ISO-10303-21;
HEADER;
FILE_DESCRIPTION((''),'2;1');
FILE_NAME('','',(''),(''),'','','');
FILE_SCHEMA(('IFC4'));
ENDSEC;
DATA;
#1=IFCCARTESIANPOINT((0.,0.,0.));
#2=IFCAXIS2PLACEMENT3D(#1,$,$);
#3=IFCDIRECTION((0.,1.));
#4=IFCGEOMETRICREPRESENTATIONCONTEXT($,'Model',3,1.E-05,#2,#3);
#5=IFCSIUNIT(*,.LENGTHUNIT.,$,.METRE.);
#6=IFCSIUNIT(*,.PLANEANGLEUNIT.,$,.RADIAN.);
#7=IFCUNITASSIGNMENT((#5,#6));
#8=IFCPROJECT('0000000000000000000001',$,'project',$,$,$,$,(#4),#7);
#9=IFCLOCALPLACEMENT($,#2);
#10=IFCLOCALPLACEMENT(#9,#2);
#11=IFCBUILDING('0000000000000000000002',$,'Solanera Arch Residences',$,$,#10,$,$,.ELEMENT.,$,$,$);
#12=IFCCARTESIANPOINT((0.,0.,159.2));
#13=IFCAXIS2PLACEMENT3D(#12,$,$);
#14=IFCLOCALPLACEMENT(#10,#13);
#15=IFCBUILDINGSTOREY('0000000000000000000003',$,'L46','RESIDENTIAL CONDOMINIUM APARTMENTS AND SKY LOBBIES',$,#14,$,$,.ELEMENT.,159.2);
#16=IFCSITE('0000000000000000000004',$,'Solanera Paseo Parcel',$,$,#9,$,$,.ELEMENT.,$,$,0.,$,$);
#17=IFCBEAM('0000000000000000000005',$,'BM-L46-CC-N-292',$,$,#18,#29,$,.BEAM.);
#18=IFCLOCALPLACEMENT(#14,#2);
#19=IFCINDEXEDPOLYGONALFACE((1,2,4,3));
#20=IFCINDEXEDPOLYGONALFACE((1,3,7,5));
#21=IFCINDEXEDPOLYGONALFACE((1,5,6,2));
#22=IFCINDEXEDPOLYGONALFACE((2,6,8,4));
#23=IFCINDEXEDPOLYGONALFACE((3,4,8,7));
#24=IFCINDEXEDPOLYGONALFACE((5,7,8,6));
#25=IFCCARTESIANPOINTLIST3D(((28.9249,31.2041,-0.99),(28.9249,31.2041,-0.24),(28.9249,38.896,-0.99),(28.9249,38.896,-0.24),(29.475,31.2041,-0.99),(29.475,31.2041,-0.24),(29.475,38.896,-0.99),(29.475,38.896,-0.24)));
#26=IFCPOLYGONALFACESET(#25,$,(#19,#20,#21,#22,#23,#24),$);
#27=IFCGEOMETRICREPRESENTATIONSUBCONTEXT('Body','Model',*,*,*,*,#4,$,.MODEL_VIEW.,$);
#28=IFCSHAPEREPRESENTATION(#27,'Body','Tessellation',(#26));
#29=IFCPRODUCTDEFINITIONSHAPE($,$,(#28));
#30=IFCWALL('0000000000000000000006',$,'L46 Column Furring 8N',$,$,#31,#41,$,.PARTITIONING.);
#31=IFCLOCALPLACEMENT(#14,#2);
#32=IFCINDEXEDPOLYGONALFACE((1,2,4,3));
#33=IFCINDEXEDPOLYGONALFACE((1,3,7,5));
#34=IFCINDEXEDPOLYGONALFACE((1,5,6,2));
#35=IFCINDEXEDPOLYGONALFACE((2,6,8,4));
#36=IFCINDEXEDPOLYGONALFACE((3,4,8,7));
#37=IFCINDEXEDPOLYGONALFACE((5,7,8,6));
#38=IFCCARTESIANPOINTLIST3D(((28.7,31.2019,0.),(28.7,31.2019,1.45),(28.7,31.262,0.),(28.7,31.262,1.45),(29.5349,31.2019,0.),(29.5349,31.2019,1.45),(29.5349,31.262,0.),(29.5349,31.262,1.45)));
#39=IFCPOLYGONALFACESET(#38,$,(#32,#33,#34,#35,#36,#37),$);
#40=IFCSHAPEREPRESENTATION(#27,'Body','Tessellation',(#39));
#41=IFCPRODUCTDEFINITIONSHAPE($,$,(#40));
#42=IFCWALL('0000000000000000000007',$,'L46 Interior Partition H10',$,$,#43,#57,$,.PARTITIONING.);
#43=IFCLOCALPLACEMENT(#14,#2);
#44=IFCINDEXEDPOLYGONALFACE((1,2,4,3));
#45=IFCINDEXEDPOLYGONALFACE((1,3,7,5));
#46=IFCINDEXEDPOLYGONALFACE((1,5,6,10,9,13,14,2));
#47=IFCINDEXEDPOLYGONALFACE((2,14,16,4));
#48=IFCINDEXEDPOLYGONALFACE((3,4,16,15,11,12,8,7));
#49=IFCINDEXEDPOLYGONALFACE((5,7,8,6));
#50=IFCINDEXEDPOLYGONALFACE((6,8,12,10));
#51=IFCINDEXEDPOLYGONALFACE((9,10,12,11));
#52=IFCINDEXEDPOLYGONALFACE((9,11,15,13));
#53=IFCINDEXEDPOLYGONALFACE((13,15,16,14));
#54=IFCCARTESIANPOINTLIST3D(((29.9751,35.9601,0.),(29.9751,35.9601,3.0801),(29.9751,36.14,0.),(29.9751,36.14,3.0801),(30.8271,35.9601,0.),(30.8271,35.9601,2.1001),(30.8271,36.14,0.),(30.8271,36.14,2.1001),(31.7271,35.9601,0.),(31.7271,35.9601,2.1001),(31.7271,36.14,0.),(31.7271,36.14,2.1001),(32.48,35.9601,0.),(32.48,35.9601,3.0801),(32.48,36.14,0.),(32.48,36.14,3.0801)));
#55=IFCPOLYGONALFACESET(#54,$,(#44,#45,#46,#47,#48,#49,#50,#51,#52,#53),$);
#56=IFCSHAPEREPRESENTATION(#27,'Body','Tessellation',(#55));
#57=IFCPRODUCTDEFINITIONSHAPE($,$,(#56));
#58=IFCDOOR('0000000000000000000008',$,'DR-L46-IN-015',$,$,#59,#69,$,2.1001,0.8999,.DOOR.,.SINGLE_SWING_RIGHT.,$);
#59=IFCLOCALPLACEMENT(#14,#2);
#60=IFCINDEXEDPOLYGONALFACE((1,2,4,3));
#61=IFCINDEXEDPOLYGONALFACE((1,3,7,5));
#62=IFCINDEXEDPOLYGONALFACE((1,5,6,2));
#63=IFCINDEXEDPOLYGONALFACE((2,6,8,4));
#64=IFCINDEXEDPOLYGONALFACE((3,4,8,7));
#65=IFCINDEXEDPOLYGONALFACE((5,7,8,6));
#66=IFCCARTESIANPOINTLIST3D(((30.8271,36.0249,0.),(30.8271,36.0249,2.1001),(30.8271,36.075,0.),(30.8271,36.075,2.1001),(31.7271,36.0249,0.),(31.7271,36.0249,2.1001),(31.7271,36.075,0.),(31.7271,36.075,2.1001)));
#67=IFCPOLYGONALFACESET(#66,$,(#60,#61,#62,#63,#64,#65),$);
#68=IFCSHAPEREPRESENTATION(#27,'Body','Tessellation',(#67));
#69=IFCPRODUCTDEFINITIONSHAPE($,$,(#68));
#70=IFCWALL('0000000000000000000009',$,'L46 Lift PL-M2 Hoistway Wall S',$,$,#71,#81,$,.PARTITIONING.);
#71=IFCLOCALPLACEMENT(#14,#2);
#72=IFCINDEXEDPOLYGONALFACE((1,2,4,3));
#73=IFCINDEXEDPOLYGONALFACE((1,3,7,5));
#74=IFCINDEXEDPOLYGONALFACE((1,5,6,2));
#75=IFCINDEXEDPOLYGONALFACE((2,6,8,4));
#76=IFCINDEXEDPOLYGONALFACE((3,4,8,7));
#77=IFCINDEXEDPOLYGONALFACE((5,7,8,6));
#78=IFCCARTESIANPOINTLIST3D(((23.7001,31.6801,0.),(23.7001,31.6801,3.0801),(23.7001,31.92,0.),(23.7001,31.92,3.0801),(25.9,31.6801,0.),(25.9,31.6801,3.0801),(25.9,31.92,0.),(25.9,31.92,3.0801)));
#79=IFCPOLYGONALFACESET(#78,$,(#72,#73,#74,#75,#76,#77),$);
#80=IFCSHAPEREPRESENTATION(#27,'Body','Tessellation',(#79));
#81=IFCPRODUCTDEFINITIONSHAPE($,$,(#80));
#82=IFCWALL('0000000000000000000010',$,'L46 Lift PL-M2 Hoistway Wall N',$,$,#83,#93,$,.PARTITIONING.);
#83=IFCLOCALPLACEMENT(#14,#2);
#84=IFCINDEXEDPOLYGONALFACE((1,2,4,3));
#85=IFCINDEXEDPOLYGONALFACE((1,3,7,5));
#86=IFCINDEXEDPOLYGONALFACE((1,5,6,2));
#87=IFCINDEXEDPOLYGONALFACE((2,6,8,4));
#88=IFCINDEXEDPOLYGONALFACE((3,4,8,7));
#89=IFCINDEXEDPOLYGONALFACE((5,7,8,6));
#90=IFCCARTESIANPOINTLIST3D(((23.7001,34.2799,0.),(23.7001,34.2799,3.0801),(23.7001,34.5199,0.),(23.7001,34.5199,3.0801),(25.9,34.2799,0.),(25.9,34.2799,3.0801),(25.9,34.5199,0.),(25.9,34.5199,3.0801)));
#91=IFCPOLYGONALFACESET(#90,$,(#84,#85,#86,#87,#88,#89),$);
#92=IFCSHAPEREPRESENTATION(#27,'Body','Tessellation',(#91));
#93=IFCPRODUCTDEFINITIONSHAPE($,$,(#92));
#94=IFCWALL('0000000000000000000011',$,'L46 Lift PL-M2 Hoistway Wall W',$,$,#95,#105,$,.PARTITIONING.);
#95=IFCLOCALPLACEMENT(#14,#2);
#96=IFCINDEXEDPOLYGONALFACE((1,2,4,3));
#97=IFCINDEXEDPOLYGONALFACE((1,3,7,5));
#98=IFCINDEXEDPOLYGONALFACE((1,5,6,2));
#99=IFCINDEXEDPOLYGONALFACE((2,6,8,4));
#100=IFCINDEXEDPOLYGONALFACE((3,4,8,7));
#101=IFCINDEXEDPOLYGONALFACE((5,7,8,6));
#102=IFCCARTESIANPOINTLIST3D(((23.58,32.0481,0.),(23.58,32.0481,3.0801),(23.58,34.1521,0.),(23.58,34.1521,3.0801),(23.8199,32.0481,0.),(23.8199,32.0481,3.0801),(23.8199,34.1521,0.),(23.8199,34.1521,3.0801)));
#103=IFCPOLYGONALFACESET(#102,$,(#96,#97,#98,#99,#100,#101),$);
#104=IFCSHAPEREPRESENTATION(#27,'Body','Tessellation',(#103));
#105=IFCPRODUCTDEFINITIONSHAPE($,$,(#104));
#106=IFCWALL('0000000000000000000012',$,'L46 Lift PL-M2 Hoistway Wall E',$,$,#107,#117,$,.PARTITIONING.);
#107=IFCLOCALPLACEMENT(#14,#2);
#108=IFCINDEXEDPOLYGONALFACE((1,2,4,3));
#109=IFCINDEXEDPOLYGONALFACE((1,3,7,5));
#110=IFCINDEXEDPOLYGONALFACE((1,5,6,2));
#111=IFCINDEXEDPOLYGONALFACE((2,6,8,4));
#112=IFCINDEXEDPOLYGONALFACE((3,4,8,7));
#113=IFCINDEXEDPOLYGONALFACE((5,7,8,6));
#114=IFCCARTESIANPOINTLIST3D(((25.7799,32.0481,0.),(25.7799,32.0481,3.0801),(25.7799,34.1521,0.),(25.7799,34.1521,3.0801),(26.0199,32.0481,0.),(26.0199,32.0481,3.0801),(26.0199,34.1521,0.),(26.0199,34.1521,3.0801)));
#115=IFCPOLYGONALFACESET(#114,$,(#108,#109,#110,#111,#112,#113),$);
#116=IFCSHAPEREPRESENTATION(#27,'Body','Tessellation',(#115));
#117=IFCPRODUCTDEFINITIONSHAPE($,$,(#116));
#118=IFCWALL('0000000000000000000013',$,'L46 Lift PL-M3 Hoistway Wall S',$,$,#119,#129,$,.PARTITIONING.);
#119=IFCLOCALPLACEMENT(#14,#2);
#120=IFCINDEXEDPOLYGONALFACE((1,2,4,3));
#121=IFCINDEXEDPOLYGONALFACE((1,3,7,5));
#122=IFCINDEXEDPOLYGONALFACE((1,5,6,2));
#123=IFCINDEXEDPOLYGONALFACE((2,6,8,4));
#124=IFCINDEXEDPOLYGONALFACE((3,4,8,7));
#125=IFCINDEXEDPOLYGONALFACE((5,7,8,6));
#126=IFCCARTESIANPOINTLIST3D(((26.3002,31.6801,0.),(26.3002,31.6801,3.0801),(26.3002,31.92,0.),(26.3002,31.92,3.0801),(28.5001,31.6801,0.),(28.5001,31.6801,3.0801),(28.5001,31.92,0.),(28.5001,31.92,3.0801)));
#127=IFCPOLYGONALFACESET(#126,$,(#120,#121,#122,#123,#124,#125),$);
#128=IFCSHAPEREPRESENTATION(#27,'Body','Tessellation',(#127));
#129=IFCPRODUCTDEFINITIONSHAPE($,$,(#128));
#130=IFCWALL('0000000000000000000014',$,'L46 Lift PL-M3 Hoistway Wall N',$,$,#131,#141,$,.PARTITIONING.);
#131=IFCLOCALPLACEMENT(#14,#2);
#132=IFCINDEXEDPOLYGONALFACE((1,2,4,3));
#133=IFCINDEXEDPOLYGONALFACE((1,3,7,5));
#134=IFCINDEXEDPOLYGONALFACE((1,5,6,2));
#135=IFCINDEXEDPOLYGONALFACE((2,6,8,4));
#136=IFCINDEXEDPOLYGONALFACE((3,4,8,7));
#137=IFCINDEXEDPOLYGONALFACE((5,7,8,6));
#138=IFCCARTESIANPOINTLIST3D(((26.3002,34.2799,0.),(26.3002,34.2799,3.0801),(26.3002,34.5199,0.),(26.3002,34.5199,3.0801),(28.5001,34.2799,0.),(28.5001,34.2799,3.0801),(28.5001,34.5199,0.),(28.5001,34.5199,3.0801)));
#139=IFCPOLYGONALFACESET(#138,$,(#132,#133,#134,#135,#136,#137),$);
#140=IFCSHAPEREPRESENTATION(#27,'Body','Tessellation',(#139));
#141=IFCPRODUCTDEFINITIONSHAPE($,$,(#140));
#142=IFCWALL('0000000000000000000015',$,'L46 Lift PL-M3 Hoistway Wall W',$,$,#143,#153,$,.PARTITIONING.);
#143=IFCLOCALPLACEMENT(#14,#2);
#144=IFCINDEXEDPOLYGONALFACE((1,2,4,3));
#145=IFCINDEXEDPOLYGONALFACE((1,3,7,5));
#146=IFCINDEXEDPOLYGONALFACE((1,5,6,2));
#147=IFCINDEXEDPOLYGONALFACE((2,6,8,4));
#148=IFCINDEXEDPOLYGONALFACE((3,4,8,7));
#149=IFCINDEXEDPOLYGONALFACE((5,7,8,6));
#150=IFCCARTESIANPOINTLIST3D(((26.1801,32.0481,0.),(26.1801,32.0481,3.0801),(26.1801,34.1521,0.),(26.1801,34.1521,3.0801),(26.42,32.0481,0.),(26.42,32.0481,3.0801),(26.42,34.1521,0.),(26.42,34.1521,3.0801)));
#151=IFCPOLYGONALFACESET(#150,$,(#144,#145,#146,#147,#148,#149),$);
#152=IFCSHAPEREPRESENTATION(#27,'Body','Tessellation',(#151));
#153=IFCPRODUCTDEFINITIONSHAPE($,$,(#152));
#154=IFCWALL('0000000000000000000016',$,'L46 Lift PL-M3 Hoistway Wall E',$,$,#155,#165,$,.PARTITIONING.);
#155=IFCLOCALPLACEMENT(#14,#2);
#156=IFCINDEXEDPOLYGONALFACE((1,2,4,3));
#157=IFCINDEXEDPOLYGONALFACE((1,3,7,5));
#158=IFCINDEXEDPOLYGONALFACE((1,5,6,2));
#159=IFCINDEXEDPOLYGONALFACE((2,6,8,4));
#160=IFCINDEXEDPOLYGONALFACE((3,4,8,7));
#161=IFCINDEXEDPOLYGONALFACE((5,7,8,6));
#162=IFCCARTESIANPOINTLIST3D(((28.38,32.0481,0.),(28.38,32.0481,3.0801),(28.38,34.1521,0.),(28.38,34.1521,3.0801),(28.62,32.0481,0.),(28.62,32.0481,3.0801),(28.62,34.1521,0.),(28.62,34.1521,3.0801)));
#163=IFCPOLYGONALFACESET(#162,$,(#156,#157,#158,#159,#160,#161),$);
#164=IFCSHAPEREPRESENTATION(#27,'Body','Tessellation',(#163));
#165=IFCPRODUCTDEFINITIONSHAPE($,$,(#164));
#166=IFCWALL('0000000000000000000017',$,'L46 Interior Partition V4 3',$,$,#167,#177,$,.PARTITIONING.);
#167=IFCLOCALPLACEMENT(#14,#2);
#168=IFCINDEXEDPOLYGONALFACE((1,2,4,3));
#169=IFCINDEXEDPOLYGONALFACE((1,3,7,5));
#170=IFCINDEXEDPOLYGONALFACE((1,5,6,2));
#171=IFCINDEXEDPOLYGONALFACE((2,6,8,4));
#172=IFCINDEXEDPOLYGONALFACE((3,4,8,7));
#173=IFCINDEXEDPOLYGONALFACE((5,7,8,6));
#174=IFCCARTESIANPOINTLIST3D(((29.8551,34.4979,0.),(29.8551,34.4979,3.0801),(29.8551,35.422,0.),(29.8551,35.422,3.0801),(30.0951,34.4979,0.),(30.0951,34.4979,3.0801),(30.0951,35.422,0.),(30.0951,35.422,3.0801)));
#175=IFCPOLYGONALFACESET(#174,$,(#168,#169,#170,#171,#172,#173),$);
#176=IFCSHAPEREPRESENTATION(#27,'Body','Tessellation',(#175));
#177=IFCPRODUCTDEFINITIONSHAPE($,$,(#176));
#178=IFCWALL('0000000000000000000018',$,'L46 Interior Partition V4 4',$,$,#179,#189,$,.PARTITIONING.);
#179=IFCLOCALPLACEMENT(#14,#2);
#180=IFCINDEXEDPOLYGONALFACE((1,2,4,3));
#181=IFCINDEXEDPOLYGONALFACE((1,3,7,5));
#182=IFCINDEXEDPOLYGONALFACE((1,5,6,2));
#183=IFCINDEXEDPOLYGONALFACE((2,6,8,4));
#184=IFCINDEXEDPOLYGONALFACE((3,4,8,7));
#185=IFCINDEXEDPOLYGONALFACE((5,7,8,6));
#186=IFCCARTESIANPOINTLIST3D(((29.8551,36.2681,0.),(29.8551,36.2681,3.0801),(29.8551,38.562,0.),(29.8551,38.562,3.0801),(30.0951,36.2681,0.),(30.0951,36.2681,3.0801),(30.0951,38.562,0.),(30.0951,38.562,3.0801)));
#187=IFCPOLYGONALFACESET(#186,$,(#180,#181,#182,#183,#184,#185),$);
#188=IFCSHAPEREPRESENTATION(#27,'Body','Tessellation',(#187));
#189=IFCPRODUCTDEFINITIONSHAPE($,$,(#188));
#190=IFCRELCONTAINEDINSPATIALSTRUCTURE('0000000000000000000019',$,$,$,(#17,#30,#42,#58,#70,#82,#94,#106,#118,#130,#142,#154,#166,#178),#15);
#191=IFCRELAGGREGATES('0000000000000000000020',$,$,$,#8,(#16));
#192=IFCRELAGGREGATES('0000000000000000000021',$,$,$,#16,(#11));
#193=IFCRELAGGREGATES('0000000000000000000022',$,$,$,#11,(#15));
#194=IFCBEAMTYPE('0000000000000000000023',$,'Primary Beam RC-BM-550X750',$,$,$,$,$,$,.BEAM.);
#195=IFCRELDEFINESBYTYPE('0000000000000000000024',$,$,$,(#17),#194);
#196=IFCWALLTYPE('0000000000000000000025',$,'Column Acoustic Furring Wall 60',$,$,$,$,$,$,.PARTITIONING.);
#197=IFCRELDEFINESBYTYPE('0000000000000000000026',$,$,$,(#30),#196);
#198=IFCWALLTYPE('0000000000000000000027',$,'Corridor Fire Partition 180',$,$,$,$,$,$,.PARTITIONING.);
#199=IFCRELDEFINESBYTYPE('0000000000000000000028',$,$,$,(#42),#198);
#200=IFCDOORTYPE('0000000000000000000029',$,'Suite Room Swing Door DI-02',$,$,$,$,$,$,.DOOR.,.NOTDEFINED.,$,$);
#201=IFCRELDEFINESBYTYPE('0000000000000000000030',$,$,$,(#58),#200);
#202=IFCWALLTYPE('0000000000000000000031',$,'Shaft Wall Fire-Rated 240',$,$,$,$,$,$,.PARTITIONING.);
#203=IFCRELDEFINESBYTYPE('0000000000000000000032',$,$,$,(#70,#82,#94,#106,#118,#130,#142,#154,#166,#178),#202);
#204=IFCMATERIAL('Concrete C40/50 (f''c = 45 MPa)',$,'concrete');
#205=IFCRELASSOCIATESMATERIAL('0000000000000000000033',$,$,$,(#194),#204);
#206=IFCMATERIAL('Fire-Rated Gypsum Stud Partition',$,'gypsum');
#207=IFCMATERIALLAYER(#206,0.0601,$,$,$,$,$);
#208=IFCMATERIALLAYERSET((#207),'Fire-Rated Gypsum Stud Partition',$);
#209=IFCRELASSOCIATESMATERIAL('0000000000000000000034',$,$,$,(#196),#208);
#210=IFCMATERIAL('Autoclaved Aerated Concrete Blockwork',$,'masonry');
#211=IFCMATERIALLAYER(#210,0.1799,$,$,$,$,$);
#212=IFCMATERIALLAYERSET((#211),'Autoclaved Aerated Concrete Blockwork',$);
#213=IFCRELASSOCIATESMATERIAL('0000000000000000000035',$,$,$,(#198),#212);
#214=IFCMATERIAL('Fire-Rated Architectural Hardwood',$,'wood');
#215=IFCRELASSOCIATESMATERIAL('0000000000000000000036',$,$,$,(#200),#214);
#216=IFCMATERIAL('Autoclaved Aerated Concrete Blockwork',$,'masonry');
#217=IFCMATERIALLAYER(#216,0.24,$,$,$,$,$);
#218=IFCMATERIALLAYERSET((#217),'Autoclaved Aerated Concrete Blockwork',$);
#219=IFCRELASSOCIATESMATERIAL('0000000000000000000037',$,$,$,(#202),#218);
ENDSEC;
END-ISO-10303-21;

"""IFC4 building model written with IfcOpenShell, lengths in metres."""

from ifc_helpers import new_model, si_unit, direction, frame, frame_2d, origin, origin_2d, place, context, subcontext, project, spatial, rectangle, extrude, material, layer, layer_set, material_profile, profile_set, type_object, element, fill, save


model = new_model("IFC4")

# Units and contexts
model_context = context("Model", 3, precision=1e-05, world=origin(), true_north=direction((0.0, 1.0)))
body_context = subcontext(model_context, "Body", "Model", "MODEL_VIEW")
ifc_project = project(units=[si_unit("LENGTHUNIT", "METRE"), si_unit("PLANEANGLEUNIT", "RADIAN")], contexts=[model_context])

# Site, building, storey
site_placement = place(None, origin())
site = spatial("IfcSite", under=ifc_project, at=site_placement, Name="Solanera Paseo Parcel", CompositionType="ELEMENT", RefElevation=0.0)
building_placement = place(site_placement, origin())
building = spatial("IfcBuilding", under=site, at=building_placement, Name="Solanera Arch Residences", CompositionType="ELEMENT")
storey_placement = place(building_placement, frame((0.0, 0.0, 159.2)))
storey = spatial("IfcBuildingStorey", under=building, at=storey_placement, Name="L46", Description="RESIDENTIAL CONDOMINIUM APARTMENTS AND SKY LOBBIES", CompositionType="ELEMENT", Elevation=159.2)

# Beam
ifc_material_1 = material(Name="Concrete C40/50 (f'c = 45 MPa)", Category="concrete")
ifc_material_profile = material_profile(ifc_material_1, rectangle(XDim=0.55, YDim=0.75, at=origin_2d()))
ifc_profile_set = profile_set([ifc_material_profile], Name="Concrete C40/50 (f'c = 45 MPa)")
beam_type = type_object("IfcBeamType", Name="Primary Beam RC-BM-550X750", PredefinedType="BEAM", material=ifc_profile_set)
beam_placement = place(storey_placement, frame((29.2, 31.2041, -0.615), z_axis=(0.0, 1.0, 0.0), x_axis=(-1.0, 0.0, 0.0)))
element("IfcBeam", 1, at=beam_placement, inside=storey, type_object=beam_type, Name="BM-L46-CC-N-292", PredefinedType="BEAM", context=body_context, shape_type="SweptSolid", body=[
    extrude(rectangle(XDim=0.55, YDim=0.75, at=origin_2d()), origin(), (0.0, 0.0, 1.0), 7.6919),
])

# Wall
ifc_material_2 = material(Name="Fire-Rated Gypsum Stud Partition", Category="gypsum")
ifc_layer_1 = layer(ifc_material_2, 0.0601)
ifc_layer_set_1 = layer_set([ifc_layer_1], Name="Fire-Rated Gypsum Stud Partition")
wall_type_1 = type_object("IfcWallType", Name="Column Acoustic Furring Wall 60", PredefinedType="PARTITIONING", material=ifc_layer_set_1)
wall_1_placement = place(storey_placement, frame((28.7, 31.2319, 0.0), z_axis=(0.0, 0.0, 1.0), x_axis=(1.0, 0.0, 0.0)))
element("IfcWall", 2, at=wall_1_placement, inside=storey, type_object=wall_type_1, Name="L46 Column Furring 8N", PredefinedType="PARTITIONING", context=body_context, shape_type="SweptSolid", body=[
    extrude(rectangle(XDim=0.835, YDim=0.0601, at=frame_2d((0.4175, 0.0))), origin(), (0.0, 0.0, 1.0), 1.45),
])

# Wall, opening, door
ifc_material_3 = material(Name="Autoclaved Aerated Concrete Blockwork", Category="masonry")
ifc_layer_2 = layer(ifc_material_3, 0.1799)
ifc_layer_set_2 = layer_set([ifc_layer_2], Name="Autoclaved Aerated Concrete Blockwork")
wall_type_2 = type_object("IfcWallType", Name="Corridor Fire Partition 180", PredefinedType="PARTITIONING", material=ifc_layer_set_2)
wall_2_placement = place(storey_placement, frame((29.9751, 36.05, 0.0), z_axis=(0.0, 0.0, 1.0), x_axis=(1.0, 0.0, 0.0)))
wall_2 = element("IfcWall", 3, at=wall_2_placement, inside=storey, type_object=wall_type_2, Name="L46 Interior Partition H10", PredefinedType="PARTITIONING", context=body_context, shape_type="SweptSolid", body=[
    extrude(rectangle(XDim=2.5049, YDim=0.1799, at=frame_2d((1.2524, 0.0))), origin(), (0.0, 0.0, 1.0), 3.0801),
])
opening_1_placement = place(wall_2_placement, frame((0.8521, 0.0, 0.0)))
opening_1 = element("IfcOpeningElement", 4, at=opening_1_placement, cuts=wall_2, PredefinedType="OPENING", context=body_context, shape_type="SweptSolid", body=[
    extrude(rectangle(XDim=0.8999, YDim=2.1001, at=frame_2d((0.45, 1.05))), frame((0.0, 0.1001, 0.0), z_axis=(0.0, -1.0, 0.0), x_axis=(1.0, 0.0, 0.0)), (0.0, 0.0, 1.0), 0.1999),
])
ifc_material_4 = material(Name="Fire-Rated Architectural Hardwood", Category="wood")
door_type_1 = type_object("IfcDoorType", Name="Suite Room Swing Door DI-02", OperationType="NOTDEFINED", PredefinedType="DOOR", material=ifc_material_4)
door_1_placement = place(opening_1_placement, origin())
door_1 = element("IfcDoor", 5, at=door_1_placement, inside=storey, type_object=door_type_1, Name="DR-L46-IN-015", OperationType="SINGLE_SWING_RIGHT", OverallHeight=2.1001, OverallWidth=0.8999, PredefinedType="DOOR", context=body_context, shape_type="SweptSolid", body=[
    extrude(rectangle(XDim=0.8999, YDim=2.1001, at=frame_2d((0.45, 1.05))), frame((0.0, 0.0249, 0.0), z_axis=(0.0, -1.0, 0.0), x_axis=(1.0, 0.0, 0.0)), (0.0, 0.0, 1.0), 0.05),
])
fill(opening_1, door_1)

# Walls
ifc_material_5 = material(Name="Autoclaved Aerated Concrete Blockwork", Category="masonry")
ifc_layer_3 = layer(ifc_material_5, 0.24)
ifc_layer_set_3 = layer_set([ifc_layer_3], Name="Autoclaved Aerated Concrete Blockwork")
wall_type_3 = type_object("IfcWallType", Name="Shaft Wall Fire-Rated 240", PredefinedType="PARTITIONING", material=ifc_layer_set_3)
for number, where, z_axis, x_axis, name in (
    (6, (23.7, 31.8, 0.0), (0.0, 0.0, 1.0), (1.0, 0.0, 0.0), "L46 Lift PL-M2 Hoistway Wall S"),
    (7, (23.7, 34.3999, 0.0), (0.0, 0.0, 1.0), (1.0, 0.0, 0.0), "L46 Lift PL-M2 Hoistway Wall N"),
):
    element("IfcWall", number, at=place(storey_placement, frame(where, z_axis=z_axis, x_axis=x_axis)), inside=storey, type_object=wall_type_3, Name=name, PredefinedType="PARTITIONING", context=body_context, shape_type="SweptSolid", body=[
        extrude(rectangle(XDim=2.2, YDim=0.24, at=frame_2d((1.1001, 0.0))), origin(), (0.0, 0.0, 1.0), 3.0801),
    ])
for number, where, z_axis, x_axis, name in (
    (8, (23.7, 32.0481, 0.0), (0.0, 0.0, 1.0), (0.0, 1.0, 0.0), "L46 Lift PL-M2 Hoistway Wall W"),
    (9, (25.8999, 32.0481, 0.0), (0.0, 0.0, 1.0), (0.0, 1.0, 0.0), "L46 Lift PL-M2 Hoistway Wall E"),
):
    element("IfcWall", number, at=place(storey_placement, frame(where, z_axis=z_axis, x_axis=x_axis)), inside=storey, type_object=wall_type_3, Name=name, PredefinedType="PARTITIONING", context=body_context, shape_type="SweptSolid", body=[
        extrude(rectangle(XDim=2.104, YDim=0.24, at=frame_2d((1.052, 0.0))), origin(), (0.0, 0.0, 1.0), 3.0801),
    ])
for number, where, z_axis, x_axis, name in (
    (10, (26.3, 31.8, 0.0), (0.0, 0.0, 1.0), (1.0, 0.0, 0.0), "L46 Lift PL-M3 Hoistway Wall S"),
    (11, (26.3, 34.3999, 0.0), (0.0, 0.0, 1.0), (1.0, 0.0, 0.0), "L46 Lift PL-M3 Hoistway Wall N"),
):
    element("IfcWall", number, at=place(storey_placement, frame(where, z_axis=z_axis, x_axis=x_axis)), inside=storey, type_object=wall_type_3, Name=name, PredefinedType="PARTITIONING", context=body_context, shape_type="SweptSolid", body=[
        extrude(rectangle(XDim=2.2, YDim=0.24, at=frame_2d((1.1001, 0.0))), origin(), (0.0, 0.0, 1.0), 3.0801),
    ])
for number, where, z_axis, x_axis, name in (
    (12, (26.3, 32.0481, 0.0), (0.0, 0.0, 1.0), (0.0, 1.0, 0.0), "L46 Lift PL-M3 Hoistway Wall W"),
    (13, (28.5, 32.0481, 0.0), (0.0, 0.0, 1.0), (0.0, 1.0, 0.0), "L46 Lift PL-M3 Hoistway Wall E"),
):
    element("IfcWall", number, at=place(storey_placement, frame(where, z_axis=z_axis, x_axis=x_axis)), inside=storey, type_object=wall_type_3, Name=name, PredefinedType="PARTITIONING", context=body_context, shape_type="SweptSolid", body=[
        extrude(rectangle(XDim=2.104, YDim=0.24, at=frame_2d((1.052, 0.0))), origin(), (0.0, 0.0, 1.0), 3.0801),
    ])

# Walls
wall_3_placement = place(storey_placement, frame((29.9751, 34.498, 0.0), z_axis=(0.0, 0.0, 1.0), x_axis=(0.0, 1.0, 0.0)))
element("IfcWall", 14, at=wall_3_placement, inside=storey, type_object=wall_type_3, Name="L46 Interior Partition V4 3", PredefinedType="PARTITIONING", context=body_context, shape_type="SweptSolid", body=[
    extrude(rectangle(XDim=0.9241, YDim=0.24, at=frame_2d((0.4619, 0.0))), origin(), (0.0, 0.0, 1.0), 3.0801),
])
wall_4_placement = place(storey_placement, frame((29.9751, 36.2681, 0.0), z_axis=(0.0, 0.0, 1.0), x_axis=(0.0, 1.0, 0.0)))
element("IfcWall", 15, at=wall_4_placement, inside=storey, type_object=wall_type_3, Name="L46 Interior Partition V4 4", PredefinedType="PARTITIONING", context=body_context, shape_type="SweptSolid", body=[
    extrude(rectangle(XDim=2.2939, YDim=0.24, at=frame_2d((1.147, 0.0))), origin(), (0.0, 0.0, 1.0), 3.0801),
])

save(model, "model.ifc")
